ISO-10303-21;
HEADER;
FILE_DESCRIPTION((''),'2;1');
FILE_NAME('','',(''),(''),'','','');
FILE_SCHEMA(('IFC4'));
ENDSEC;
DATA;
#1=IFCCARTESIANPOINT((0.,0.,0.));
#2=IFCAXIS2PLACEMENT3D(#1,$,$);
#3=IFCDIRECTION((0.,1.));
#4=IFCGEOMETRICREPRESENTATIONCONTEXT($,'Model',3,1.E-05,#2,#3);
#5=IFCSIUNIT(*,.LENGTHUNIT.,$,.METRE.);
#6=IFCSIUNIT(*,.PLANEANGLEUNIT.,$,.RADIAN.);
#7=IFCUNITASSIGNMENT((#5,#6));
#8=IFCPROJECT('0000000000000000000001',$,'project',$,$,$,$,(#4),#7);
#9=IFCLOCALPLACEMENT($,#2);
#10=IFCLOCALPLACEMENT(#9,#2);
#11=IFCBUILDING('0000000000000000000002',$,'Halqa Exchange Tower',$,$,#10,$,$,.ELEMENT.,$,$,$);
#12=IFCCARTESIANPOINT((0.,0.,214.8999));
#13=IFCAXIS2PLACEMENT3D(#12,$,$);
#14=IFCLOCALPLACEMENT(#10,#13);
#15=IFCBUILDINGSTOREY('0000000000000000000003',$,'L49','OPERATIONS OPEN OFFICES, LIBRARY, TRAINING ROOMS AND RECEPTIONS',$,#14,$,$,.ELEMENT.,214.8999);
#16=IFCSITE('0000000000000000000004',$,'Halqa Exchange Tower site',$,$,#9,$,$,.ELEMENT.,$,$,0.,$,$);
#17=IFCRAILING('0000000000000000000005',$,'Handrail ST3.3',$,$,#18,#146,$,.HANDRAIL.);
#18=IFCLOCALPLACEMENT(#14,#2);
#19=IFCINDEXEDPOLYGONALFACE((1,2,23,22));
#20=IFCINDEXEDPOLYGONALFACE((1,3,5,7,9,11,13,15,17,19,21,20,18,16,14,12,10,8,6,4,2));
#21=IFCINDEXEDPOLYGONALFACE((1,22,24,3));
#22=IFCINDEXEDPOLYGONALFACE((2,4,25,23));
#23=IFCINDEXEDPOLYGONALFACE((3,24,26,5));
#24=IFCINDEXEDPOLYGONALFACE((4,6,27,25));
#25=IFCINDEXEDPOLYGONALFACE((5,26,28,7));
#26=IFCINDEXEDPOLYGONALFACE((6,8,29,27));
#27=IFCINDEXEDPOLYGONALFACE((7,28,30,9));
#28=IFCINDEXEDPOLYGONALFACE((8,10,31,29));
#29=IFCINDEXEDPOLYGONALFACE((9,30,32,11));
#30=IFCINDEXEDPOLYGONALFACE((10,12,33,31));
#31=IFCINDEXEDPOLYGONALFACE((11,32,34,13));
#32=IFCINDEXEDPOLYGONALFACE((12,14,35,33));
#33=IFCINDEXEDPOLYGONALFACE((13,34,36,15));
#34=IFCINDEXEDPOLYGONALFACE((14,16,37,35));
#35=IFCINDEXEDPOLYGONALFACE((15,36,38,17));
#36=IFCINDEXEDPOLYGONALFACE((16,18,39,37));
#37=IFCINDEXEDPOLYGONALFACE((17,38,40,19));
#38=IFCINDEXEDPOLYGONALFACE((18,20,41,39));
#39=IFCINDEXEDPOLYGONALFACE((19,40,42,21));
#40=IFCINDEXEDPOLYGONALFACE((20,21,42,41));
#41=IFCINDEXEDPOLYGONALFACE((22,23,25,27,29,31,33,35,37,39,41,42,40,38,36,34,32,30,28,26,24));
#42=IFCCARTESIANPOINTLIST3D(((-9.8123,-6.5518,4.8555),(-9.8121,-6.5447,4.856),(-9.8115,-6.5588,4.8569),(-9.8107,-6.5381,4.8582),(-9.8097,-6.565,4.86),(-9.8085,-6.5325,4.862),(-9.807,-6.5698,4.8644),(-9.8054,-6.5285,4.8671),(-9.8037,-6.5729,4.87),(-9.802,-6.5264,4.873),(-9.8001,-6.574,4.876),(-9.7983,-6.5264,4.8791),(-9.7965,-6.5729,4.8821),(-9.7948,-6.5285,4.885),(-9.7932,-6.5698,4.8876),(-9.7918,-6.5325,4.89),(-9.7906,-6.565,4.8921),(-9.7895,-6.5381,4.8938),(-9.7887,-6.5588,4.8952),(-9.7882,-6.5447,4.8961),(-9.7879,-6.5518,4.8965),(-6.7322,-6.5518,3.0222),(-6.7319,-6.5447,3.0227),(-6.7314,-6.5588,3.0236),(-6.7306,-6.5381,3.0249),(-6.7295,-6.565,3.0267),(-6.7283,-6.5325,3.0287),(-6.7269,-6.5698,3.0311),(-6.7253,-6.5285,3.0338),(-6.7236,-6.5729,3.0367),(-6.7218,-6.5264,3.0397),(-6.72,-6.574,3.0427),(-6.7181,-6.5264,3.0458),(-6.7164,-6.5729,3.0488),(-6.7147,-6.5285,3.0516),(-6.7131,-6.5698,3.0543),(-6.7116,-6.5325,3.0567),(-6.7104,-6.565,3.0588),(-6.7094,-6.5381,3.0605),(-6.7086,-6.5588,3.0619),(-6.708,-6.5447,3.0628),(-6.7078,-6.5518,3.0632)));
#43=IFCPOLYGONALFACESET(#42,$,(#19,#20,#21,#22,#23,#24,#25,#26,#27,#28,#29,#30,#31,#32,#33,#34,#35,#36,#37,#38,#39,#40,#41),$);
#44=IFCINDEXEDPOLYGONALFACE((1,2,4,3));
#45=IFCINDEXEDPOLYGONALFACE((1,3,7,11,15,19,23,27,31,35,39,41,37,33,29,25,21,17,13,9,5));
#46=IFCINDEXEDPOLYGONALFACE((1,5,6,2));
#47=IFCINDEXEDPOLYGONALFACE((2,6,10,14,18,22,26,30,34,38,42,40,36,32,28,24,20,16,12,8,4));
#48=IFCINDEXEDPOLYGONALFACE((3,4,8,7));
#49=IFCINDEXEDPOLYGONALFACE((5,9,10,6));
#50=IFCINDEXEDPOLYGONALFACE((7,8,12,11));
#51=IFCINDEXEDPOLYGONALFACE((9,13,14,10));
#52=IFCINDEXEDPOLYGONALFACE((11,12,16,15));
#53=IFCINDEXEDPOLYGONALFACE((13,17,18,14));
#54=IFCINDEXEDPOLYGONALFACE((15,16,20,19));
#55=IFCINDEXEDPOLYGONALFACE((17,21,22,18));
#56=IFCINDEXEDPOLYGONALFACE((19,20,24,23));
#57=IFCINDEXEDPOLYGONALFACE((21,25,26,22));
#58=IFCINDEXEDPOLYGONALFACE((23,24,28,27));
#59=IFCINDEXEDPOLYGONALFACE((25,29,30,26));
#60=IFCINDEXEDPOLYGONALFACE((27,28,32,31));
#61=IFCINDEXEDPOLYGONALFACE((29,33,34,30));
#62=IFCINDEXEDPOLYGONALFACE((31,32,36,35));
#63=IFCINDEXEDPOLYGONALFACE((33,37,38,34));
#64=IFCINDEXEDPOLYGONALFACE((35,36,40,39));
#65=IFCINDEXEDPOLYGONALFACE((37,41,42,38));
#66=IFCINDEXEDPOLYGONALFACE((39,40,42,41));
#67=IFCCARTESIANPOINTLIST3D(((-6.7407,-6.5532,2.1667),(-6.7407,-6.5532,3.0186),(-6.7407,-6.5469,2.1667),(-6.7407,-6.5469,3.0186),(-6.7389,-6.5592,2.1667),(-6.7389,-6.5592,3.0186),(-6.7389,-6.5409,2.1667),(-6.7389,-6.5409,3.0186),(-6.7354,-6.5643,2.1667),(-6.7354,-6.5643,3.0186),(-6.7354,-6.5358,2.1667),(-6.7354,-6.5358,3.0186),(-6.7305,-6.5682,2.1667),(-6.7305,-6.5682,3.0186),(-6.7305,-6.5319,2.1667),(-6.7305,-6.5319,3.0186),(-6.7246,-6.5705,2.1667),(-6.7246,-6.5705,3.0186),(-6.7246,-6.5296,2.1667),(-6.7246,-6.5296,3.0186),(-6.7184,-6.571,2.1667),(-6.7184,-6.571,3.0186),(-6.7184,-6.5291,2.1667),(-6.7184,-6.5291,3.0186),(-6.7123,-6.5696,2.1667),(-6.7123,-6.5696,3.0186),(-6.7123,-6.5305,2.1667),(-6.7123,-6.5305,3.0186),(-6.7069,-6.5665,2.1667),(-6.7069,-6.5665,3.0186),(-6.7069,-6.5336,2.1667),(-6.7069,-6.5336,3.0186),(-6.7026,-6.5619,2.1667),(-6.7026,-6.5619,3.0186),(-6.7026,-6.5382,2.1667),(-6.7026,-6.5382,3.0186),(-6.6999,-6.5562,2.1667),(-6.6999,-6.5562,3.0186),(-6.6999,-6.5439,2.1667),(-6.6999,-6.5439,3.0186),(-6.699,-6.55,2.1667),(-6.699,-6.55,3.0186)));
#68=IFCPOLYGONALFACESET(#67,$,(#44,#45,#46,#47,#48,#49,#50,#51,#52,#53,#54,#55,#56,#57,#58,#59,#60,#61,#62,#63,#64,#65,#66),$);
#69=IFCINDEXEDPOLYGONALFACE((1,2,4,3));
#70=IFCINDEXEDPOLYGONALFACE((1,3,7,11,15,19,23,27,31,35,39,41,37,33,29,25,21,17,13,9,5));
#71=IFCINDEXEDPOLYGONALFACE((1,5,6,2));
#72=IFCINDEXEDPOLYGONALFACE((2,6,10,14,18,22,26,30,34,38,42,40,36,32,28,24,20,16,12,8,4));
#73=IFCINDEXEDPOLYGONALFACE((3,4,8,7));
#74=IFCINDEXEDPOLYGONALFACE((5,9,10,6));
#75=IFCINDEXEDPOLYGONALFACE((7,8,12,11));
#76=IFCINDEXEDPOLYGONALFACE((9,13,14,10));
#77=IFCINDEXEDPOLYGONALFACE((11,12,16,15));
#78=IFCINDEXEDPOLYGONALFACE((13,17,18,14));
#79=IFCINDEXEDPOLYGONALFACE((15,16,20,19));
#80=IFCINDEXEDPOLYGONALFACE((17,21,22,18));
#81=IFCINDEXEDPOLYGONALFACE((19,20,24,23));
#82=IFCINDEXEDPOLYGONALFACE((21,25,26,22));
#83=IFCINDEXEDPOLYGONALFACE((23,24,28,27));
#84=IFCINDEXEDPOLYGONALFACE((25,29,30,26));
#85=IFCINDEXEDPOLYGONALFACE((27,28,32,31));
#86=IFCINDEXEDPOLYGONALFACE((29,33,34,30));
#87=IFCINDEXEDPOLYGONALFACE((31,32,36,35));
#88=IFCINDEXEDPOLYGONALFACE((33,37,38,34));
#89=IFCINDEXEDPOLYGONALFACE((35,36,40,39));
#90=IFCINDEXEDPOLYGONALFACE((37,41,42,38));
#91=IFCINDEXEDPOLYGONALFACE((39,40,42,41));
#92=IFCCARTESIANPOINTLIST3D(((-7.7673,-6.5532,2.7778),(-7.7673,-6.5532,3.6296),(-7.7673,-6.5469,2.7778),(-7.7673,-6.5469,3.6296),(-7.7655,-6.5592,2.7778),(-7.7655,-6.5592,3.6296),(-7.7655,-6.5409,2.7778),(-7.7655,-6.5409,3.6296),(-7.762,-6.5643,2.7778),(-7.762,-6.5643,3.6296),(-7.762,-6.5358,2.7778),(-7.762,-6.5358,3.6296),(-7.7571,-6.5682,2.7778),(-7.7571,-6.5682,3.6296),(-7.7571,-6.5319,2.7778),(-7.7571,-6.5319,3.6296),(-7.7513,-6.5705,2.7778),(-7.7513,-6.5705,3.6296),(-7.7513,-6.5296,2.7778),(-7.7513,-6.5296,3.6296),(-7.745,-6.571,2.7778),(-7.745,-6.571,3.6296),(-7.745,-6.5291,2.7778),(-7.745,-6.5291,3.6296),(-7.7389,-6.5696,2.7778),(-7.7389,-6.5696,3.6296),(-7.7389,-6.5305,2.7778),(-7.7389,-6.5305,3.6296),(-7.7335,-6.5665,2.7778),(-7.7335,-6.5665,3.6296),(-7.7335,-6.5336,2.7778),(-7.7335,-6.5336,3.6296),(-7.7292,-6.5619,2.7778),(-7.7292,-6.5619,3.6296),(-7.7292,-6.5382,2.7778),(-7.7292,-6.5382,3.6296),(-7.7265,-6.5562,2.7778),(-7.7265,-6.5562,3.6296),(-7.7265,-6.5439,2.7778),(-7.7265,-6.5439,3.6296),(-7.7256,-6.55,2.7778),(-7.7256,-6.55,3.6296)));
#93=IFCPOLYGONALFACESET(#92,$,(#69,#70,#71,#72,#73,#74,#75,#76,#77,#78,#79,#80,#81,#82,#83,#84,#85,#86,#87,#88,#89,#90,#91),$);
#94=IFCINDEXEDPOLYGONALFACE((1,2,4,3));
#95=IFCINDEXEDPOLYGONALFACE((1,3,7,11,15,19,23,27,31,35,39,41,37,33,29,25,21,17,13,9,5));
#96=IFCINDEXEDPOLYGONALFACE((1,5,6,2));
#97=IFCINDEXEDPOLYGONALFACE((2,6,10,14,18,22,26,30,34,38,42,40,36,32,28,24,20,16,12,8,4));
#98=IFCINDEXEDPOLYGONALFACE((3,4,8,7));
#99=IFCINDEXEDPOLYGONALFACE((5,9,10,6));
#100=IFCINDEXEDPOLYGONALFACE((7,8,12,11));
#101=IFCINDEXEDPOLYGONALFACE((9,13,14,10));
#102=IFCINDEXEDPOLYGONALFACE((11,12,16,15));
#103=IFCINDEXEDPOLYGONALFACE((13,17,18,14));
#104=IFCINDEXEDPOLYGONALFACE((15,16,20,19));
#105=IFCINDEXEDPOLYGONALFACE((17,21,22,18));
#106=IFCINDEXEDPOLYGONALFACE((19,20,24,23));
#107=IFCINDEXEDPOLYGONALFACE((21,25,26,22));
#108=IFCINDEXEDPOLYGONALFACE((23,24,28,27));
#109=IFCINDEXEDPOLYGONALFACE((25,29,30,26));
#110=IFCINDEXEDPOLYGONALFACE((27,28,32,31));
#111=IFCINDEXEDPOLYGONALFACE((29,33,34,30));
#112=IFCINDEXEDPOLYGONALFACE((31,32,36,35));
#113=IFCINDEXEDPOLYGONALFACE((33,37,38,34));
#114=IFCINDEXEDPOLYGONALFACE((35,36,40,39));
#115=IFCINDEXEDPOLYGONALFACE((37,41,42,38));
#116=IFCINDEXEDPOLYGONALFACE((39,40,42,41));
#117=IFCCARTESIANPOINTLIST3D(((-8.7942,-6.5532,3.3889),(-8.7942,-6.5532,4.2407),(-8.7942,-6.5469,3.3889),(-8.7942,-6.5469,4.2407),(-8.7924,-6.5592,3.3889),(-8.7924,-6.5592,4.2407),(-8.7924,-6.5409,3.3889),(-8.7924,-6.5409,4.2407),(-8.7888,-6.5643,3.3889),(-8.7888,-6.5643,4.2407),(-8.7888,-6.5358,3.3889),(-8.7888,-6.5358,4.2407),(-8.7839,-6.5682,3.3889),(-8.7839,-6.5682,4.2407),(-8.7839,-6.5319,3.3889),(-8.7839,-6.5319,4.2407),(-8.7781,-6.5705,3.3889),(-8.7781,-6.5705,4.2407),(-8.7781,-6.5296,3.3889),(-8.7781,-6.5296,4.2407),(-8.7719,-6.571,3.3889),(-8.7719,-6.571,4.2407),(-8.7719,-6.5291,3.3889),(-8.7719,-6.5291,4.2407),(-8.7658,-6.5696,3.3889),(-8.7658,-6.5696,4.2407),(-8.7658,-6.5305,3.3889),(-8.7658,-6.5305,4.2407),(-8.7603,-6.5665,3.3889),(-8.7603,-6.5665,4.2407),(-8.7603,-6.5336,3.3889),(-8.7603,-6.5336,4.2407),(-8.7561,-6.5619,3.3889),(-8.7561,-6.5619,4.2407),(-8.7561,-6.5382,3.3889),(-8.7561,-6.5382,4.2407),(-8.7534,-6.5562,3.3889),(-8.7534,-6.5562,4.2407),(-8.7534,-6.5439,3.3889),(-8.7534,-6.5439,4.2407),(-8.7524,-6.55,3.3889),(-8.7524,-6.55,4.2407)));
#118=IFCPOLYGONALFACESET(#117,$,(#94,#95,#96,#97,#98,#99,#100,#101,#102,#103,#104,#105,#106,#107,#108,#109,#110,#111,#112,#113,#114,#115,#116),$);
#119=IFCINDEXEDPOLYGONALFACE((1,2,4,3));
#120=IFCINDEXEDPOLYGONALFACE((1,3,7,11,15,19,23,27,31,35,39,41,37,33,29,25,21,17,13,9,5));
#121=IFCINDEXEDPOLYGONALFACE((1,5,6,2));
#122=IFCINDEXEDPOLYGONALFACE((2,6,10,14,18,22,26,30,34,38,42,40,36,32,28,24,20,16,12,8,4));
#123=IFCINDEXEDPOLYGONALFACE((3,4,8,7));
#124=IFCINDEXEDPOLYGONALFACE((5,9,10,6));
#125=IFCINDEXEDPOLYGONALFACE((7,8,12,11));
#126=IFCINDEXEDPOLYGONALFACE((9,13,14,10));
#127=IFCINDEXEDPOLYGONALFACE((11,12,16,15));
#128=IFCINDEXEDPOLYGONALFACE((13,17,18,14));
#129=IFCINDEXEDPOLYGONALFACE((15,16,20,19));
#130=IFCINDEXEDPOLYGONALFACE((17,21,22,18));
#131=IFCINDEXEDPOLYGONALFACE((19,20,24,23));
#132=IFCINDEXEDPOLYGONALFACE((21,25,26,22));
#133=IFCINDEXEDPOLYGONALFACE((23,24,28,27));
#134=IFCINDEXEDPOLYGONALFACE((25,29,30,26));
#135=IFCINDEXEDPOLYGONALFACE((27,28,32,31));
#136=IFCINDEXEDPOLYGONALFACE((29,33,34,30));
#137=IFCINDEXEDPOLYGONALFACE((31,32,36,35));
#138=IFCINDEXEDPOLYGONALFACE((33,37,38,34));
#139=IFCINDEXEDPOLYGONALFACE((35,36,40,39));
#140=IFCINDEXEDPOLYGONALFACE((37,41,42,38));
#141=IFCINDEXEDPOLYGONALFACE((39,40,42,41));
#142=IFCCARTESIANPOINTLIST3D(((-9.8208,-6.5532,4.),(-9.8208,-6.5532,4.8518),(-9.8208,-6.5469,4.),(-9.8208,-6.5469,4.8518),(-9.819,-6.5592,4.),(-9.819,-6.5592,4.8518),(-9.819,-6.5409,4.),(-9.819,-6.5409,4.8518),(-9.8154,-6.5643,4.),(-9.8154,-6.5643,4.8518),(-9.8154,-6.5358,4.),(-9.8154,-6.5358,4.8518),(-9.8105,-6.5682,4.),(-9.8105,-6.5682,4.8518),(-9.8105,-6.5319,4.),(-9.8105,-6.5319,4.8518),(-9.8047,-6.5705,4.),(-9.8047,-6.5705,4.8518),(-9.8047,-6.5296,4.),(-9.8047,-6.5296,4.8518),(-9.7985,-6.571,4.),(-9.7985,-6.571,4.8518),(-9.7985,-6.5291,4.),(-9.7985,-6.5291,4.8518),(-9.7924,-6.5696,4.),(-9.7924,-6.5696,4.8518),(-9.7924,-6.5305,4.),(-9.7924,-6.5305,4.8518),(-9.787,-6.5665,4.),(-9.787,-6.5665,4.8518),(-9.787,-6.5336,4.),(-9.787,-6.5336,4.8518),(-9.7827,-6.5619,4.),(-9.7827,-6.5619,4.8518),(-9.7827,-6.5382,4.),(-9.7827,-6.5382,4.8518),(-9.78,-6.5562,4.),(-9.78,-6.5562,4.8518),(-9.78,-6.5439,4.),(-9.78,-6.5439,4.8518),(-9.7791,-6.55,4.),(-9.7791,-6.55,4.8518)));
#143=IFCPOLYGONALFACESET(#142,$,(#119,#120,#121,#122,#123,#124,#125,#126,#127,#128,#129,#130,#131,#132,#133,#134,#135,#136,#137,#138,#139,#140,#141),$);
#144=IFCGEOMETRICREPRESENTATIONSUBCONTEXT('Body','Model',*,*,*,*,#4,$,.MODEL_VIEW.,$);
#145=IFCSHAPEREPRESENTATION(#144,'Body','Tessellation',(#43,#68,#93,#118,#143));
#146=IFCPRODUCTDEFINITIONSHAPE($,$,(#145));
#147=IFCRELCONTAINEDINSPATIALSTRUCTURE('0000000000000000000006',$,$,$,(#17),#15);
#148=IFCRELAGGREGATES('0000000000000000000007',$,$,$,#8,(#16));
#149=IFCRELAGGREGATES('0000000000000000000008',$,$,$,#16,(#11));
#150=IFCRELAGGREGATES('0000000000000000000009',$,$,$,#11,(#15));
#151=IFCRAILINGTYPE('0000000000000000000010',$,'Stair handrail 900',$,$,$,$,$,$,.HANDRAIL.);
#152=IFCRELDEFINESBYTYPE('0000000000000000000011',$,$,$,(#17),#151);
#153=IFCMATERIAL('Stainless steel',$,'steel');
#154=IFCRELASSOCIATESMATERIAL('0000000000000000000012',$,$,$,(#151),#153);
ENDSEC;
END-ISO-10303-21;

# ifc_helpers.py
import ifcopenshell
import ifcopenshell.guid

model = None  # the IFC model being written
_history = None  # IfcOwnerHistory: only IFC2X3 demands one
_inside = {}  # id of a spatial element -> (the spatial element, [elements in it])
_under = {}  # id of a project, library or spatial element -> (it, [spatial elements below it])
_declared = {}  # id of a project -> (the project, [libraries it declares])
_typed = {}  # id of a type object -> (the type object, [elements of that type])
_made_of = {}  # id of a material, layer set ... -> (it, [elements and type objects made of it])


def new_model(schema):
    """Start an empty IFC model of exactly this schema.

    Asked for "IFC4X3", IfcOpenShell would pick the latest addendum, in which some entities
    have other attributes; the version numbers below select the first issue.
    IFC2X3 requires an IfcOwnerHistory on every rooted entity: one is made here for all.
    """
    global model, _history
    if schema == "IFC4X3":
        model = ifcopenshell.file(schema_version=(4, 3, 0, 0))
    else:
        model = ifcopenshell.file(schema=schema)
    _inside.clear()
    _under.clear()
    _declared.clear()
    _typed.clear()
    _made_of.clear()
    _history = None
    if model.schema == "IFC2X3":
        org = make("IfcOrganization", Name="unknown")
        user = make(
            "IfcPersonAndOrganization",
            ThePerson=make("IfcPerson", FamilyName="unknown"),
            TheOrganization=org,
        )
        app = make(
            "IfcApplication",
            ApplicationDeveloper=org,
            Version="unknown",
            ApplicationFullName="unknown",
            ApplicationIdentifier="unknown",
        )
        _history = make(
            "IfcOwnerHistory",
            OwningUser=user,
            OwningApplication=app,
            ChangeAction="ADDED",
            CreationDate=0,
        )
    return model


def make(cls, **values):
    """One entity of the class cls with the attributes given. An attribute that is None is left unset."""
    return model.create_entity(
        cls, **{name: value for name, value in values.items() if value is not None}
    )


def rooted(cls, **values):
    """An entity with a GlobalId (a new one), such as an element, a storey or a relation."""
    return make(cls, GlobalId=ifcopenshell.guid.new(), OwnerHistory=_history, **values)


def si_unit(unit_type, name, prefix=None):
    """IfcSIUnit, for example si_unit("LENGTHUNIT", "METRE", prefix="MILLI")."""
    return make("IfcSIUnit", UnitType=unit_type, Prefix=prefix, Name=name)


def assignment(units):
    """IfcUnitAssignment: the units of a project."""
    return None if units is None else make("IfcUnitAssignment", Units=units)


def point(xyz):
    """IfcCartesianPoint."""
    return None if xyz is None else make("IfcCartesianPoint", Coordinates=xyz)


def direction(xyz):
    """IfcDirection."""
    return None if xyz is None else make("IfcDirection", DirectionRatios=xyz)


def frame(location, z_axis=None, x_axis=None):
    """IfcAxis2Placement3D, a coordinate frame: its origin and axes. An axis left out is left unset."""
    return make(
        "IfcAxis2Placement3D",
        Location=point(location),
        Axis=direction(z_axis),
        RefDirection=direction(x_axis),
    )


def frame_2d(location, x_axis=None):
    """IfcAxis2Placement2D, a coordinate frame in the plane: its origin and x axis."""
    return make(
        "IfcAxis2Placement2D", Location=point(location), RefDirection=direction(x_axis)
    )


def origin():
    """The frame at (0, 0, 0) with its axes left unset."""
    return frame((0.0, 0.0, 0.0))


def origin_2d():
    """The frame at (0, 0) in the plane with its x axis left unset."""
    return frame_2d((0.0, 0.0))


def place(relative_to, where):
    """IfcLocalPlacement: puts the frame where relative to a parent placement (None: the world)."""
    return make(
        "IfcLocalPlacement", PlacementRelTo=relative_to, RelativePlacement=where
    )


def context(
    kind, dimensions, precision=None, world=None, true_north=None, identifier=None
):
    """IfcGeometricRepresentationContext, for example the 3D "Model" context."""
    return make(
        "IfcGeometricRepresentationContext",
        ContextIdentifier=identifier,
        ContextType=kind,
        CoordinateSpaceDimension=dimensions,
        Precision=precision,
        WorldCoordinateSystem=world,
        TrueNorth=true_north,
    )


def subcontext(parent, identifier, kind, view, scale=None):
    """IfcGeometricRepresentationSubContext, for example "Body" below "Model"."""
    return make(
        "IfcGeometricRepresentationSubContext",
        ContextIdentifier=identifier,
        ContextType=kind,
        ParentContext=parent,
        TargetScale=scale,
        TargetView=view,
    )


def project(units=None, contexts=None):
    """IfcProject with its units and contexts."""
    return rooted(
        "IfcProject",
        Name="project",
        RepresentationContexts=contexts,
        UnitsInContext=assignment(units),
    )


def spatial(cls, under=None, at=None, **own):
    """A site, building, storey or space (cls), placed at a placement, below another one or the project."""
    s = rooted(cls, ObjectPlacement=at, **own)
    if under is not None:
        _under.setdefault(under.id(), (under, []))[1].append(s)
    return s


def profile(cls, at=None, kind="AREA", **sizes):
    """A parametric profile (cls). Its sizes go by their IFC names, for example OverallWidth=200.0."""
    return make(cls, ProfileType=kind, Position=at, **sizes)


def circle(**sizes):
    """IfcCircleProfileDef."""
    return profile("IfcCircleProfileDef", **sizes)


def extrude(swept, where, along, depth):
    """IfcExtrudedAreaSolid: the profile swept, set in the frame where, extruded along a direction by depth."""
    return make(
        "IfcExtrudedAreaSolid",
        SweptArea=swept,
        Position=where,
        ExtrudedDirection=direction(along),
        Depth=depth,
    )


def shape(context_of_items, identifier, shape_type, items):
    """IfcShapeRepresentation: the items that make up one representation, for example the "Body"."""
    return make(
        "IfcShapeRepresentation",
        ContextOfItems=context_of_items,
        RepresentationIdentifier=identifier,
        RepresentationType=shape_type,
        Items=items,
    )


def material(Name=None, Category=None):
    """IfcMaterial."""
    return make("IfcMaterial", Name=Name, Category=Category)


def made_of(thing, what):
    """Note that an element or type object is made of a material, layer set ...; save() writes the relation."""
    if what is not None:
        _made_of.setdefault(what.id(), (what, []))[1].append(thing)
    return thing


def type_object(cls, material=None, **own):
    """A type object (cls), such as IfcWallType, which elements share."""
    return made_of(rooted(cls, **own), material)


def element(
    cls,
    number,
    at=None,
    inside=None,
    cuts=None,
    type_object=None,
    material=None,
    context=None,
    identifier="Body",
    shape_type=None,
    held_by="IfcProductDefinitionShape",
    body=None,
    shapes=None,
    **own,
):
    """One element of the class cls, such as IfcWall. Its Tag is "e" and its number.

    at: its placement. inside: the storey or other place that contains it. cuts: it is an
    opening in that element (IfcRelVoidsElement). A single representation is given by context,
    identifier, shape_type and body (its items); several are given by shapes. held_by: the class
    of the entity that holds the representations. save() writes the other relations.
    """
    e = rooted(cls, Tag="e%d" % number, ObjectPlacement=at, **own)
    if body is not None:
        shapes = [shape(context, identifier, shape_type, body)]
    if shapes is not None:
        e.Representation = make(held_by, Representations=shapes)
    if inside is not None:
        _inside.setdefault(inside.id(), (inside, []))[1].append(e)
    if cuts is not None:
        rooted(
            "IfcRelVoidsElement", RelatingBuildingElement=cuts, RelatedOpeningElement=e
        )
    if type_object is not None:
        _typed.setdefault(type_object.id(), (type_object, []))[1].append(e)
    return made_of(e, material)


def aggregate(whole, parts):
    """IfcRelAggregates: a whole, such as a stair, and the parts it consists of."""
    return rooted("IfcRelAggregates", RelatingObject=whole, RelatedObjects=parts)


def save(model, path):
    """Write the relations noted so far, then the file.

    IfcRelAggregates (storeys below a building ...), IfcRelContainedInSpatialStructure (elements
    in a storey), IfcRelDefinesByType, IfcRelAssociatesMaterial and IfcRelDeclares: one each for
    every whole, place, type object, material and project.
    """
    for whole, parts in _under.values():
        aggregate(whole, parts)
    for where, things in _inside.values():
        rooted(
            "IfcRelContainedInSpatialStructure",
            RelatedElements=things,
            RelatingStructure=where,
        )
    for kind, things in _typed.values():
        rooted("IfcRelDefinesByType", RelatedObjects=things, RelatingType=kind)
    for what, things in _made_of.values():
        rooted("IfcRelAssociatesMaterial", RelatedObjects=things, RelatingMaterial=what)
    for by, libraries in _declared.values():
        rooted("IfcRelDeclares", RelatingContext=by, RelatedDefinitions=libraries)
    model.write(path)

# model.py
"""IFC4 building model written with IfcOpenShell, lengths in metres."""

from ifc_helpers import new_model, si_unit, direction, frame, origin, origin_2d, place, context, subcontext, project, spatial, circle, extrude, material, type_object, element, save


model = new_model("IFC4")

# Units and contexts
model_context = context("Model", 3, precision=1e-05, world=origin(), true_north=direction((0.0, 1.0)))
body_context = subcontext(model_context, "Body", "Model", "MODEL_VIEW")
ifc_project = project(units=[si_unit("LENGTHUNIT", "METRE"), si_unit("PLANEANGLEUNIT", "RADIAN")], contexts=[model_context])

# Site, building, storey
site_placement = place(None, origin())
site = spatial("IfcSite", under=ifc_project, at=site_placement, Name="Halqa Exchange Tower site", CompositionType="ELEMENT", RefElevation=0.0)
building_placement = place(site_placement, origin())
building = spatial("IfcBuilding", under=site, at=building_placement, Name="Halqa Exchange Tower", CompositionType="ELEMENT")
storey_placement = place(building_placement, frame((0.0, 0.0, 214.8999)))
storey = spatial("IfcBuildingStorey", under=building, at=storey_placement, Name="L49", Description="OPERATIONS OPEN OFFICES, LIBRARY, TRAINING ROOMS AND RECEPTIONS", CompositionType="ELEMENT", Elevation=214.8999)

# Shared definitions
ifc_material_1 = material(Name="Stainless steel", Category="steel")

# Railing
railing_type_1 = type_object("IfcRailingType", Name="Stair handrail 900", PredefinedType="HANDRAIL", material=ifc_material_1)
railing_1_placement = place(storey_placement, frame((-6.72, -6.55, 2.1667)))
element("IfcRailing", 1, at=railing_1_placement, inside=storey, type_object=railing_type_1, Name="Handrail ST3.3", PredefinedType="HANDRAIL", context=body_context, shape_type="SweptSolid", body=[
    extrude(circle(Radius=0.0239, at=origin_2d()), frame((0.0, 0.0, 0.876), z_axis=(-0.859309, 0.0, 0.511458), x_axis=(0.0, -1.0, 0.0)), (0.0, 0.0, 1.0), 3.5845),
    extrude(circle(Radius=0.021, at=origin_2d()), origin(), (0.0, 0.0, 1.0), 0.8518),
    extrude(circle(Radius=0.021, at=origin_2d()), frame((-1.0266, 0.0, 0.6111)), (0.0, 0.0, 1.0), 0.8518),
    extrude(circle(Radius=0.021, at=origin_2d()), frame((-2.0535, 0.0, 1.2222)), (0.0, 0.0, 1.0), 0.8518),
    extrude(circle(Radius=0.021, at=origin_2d()), frame((-3.0801, 0.0, 1.8333)), (0.0, 0.0, 1.0), 0.8518),
])

save(model, "model.ifc")
